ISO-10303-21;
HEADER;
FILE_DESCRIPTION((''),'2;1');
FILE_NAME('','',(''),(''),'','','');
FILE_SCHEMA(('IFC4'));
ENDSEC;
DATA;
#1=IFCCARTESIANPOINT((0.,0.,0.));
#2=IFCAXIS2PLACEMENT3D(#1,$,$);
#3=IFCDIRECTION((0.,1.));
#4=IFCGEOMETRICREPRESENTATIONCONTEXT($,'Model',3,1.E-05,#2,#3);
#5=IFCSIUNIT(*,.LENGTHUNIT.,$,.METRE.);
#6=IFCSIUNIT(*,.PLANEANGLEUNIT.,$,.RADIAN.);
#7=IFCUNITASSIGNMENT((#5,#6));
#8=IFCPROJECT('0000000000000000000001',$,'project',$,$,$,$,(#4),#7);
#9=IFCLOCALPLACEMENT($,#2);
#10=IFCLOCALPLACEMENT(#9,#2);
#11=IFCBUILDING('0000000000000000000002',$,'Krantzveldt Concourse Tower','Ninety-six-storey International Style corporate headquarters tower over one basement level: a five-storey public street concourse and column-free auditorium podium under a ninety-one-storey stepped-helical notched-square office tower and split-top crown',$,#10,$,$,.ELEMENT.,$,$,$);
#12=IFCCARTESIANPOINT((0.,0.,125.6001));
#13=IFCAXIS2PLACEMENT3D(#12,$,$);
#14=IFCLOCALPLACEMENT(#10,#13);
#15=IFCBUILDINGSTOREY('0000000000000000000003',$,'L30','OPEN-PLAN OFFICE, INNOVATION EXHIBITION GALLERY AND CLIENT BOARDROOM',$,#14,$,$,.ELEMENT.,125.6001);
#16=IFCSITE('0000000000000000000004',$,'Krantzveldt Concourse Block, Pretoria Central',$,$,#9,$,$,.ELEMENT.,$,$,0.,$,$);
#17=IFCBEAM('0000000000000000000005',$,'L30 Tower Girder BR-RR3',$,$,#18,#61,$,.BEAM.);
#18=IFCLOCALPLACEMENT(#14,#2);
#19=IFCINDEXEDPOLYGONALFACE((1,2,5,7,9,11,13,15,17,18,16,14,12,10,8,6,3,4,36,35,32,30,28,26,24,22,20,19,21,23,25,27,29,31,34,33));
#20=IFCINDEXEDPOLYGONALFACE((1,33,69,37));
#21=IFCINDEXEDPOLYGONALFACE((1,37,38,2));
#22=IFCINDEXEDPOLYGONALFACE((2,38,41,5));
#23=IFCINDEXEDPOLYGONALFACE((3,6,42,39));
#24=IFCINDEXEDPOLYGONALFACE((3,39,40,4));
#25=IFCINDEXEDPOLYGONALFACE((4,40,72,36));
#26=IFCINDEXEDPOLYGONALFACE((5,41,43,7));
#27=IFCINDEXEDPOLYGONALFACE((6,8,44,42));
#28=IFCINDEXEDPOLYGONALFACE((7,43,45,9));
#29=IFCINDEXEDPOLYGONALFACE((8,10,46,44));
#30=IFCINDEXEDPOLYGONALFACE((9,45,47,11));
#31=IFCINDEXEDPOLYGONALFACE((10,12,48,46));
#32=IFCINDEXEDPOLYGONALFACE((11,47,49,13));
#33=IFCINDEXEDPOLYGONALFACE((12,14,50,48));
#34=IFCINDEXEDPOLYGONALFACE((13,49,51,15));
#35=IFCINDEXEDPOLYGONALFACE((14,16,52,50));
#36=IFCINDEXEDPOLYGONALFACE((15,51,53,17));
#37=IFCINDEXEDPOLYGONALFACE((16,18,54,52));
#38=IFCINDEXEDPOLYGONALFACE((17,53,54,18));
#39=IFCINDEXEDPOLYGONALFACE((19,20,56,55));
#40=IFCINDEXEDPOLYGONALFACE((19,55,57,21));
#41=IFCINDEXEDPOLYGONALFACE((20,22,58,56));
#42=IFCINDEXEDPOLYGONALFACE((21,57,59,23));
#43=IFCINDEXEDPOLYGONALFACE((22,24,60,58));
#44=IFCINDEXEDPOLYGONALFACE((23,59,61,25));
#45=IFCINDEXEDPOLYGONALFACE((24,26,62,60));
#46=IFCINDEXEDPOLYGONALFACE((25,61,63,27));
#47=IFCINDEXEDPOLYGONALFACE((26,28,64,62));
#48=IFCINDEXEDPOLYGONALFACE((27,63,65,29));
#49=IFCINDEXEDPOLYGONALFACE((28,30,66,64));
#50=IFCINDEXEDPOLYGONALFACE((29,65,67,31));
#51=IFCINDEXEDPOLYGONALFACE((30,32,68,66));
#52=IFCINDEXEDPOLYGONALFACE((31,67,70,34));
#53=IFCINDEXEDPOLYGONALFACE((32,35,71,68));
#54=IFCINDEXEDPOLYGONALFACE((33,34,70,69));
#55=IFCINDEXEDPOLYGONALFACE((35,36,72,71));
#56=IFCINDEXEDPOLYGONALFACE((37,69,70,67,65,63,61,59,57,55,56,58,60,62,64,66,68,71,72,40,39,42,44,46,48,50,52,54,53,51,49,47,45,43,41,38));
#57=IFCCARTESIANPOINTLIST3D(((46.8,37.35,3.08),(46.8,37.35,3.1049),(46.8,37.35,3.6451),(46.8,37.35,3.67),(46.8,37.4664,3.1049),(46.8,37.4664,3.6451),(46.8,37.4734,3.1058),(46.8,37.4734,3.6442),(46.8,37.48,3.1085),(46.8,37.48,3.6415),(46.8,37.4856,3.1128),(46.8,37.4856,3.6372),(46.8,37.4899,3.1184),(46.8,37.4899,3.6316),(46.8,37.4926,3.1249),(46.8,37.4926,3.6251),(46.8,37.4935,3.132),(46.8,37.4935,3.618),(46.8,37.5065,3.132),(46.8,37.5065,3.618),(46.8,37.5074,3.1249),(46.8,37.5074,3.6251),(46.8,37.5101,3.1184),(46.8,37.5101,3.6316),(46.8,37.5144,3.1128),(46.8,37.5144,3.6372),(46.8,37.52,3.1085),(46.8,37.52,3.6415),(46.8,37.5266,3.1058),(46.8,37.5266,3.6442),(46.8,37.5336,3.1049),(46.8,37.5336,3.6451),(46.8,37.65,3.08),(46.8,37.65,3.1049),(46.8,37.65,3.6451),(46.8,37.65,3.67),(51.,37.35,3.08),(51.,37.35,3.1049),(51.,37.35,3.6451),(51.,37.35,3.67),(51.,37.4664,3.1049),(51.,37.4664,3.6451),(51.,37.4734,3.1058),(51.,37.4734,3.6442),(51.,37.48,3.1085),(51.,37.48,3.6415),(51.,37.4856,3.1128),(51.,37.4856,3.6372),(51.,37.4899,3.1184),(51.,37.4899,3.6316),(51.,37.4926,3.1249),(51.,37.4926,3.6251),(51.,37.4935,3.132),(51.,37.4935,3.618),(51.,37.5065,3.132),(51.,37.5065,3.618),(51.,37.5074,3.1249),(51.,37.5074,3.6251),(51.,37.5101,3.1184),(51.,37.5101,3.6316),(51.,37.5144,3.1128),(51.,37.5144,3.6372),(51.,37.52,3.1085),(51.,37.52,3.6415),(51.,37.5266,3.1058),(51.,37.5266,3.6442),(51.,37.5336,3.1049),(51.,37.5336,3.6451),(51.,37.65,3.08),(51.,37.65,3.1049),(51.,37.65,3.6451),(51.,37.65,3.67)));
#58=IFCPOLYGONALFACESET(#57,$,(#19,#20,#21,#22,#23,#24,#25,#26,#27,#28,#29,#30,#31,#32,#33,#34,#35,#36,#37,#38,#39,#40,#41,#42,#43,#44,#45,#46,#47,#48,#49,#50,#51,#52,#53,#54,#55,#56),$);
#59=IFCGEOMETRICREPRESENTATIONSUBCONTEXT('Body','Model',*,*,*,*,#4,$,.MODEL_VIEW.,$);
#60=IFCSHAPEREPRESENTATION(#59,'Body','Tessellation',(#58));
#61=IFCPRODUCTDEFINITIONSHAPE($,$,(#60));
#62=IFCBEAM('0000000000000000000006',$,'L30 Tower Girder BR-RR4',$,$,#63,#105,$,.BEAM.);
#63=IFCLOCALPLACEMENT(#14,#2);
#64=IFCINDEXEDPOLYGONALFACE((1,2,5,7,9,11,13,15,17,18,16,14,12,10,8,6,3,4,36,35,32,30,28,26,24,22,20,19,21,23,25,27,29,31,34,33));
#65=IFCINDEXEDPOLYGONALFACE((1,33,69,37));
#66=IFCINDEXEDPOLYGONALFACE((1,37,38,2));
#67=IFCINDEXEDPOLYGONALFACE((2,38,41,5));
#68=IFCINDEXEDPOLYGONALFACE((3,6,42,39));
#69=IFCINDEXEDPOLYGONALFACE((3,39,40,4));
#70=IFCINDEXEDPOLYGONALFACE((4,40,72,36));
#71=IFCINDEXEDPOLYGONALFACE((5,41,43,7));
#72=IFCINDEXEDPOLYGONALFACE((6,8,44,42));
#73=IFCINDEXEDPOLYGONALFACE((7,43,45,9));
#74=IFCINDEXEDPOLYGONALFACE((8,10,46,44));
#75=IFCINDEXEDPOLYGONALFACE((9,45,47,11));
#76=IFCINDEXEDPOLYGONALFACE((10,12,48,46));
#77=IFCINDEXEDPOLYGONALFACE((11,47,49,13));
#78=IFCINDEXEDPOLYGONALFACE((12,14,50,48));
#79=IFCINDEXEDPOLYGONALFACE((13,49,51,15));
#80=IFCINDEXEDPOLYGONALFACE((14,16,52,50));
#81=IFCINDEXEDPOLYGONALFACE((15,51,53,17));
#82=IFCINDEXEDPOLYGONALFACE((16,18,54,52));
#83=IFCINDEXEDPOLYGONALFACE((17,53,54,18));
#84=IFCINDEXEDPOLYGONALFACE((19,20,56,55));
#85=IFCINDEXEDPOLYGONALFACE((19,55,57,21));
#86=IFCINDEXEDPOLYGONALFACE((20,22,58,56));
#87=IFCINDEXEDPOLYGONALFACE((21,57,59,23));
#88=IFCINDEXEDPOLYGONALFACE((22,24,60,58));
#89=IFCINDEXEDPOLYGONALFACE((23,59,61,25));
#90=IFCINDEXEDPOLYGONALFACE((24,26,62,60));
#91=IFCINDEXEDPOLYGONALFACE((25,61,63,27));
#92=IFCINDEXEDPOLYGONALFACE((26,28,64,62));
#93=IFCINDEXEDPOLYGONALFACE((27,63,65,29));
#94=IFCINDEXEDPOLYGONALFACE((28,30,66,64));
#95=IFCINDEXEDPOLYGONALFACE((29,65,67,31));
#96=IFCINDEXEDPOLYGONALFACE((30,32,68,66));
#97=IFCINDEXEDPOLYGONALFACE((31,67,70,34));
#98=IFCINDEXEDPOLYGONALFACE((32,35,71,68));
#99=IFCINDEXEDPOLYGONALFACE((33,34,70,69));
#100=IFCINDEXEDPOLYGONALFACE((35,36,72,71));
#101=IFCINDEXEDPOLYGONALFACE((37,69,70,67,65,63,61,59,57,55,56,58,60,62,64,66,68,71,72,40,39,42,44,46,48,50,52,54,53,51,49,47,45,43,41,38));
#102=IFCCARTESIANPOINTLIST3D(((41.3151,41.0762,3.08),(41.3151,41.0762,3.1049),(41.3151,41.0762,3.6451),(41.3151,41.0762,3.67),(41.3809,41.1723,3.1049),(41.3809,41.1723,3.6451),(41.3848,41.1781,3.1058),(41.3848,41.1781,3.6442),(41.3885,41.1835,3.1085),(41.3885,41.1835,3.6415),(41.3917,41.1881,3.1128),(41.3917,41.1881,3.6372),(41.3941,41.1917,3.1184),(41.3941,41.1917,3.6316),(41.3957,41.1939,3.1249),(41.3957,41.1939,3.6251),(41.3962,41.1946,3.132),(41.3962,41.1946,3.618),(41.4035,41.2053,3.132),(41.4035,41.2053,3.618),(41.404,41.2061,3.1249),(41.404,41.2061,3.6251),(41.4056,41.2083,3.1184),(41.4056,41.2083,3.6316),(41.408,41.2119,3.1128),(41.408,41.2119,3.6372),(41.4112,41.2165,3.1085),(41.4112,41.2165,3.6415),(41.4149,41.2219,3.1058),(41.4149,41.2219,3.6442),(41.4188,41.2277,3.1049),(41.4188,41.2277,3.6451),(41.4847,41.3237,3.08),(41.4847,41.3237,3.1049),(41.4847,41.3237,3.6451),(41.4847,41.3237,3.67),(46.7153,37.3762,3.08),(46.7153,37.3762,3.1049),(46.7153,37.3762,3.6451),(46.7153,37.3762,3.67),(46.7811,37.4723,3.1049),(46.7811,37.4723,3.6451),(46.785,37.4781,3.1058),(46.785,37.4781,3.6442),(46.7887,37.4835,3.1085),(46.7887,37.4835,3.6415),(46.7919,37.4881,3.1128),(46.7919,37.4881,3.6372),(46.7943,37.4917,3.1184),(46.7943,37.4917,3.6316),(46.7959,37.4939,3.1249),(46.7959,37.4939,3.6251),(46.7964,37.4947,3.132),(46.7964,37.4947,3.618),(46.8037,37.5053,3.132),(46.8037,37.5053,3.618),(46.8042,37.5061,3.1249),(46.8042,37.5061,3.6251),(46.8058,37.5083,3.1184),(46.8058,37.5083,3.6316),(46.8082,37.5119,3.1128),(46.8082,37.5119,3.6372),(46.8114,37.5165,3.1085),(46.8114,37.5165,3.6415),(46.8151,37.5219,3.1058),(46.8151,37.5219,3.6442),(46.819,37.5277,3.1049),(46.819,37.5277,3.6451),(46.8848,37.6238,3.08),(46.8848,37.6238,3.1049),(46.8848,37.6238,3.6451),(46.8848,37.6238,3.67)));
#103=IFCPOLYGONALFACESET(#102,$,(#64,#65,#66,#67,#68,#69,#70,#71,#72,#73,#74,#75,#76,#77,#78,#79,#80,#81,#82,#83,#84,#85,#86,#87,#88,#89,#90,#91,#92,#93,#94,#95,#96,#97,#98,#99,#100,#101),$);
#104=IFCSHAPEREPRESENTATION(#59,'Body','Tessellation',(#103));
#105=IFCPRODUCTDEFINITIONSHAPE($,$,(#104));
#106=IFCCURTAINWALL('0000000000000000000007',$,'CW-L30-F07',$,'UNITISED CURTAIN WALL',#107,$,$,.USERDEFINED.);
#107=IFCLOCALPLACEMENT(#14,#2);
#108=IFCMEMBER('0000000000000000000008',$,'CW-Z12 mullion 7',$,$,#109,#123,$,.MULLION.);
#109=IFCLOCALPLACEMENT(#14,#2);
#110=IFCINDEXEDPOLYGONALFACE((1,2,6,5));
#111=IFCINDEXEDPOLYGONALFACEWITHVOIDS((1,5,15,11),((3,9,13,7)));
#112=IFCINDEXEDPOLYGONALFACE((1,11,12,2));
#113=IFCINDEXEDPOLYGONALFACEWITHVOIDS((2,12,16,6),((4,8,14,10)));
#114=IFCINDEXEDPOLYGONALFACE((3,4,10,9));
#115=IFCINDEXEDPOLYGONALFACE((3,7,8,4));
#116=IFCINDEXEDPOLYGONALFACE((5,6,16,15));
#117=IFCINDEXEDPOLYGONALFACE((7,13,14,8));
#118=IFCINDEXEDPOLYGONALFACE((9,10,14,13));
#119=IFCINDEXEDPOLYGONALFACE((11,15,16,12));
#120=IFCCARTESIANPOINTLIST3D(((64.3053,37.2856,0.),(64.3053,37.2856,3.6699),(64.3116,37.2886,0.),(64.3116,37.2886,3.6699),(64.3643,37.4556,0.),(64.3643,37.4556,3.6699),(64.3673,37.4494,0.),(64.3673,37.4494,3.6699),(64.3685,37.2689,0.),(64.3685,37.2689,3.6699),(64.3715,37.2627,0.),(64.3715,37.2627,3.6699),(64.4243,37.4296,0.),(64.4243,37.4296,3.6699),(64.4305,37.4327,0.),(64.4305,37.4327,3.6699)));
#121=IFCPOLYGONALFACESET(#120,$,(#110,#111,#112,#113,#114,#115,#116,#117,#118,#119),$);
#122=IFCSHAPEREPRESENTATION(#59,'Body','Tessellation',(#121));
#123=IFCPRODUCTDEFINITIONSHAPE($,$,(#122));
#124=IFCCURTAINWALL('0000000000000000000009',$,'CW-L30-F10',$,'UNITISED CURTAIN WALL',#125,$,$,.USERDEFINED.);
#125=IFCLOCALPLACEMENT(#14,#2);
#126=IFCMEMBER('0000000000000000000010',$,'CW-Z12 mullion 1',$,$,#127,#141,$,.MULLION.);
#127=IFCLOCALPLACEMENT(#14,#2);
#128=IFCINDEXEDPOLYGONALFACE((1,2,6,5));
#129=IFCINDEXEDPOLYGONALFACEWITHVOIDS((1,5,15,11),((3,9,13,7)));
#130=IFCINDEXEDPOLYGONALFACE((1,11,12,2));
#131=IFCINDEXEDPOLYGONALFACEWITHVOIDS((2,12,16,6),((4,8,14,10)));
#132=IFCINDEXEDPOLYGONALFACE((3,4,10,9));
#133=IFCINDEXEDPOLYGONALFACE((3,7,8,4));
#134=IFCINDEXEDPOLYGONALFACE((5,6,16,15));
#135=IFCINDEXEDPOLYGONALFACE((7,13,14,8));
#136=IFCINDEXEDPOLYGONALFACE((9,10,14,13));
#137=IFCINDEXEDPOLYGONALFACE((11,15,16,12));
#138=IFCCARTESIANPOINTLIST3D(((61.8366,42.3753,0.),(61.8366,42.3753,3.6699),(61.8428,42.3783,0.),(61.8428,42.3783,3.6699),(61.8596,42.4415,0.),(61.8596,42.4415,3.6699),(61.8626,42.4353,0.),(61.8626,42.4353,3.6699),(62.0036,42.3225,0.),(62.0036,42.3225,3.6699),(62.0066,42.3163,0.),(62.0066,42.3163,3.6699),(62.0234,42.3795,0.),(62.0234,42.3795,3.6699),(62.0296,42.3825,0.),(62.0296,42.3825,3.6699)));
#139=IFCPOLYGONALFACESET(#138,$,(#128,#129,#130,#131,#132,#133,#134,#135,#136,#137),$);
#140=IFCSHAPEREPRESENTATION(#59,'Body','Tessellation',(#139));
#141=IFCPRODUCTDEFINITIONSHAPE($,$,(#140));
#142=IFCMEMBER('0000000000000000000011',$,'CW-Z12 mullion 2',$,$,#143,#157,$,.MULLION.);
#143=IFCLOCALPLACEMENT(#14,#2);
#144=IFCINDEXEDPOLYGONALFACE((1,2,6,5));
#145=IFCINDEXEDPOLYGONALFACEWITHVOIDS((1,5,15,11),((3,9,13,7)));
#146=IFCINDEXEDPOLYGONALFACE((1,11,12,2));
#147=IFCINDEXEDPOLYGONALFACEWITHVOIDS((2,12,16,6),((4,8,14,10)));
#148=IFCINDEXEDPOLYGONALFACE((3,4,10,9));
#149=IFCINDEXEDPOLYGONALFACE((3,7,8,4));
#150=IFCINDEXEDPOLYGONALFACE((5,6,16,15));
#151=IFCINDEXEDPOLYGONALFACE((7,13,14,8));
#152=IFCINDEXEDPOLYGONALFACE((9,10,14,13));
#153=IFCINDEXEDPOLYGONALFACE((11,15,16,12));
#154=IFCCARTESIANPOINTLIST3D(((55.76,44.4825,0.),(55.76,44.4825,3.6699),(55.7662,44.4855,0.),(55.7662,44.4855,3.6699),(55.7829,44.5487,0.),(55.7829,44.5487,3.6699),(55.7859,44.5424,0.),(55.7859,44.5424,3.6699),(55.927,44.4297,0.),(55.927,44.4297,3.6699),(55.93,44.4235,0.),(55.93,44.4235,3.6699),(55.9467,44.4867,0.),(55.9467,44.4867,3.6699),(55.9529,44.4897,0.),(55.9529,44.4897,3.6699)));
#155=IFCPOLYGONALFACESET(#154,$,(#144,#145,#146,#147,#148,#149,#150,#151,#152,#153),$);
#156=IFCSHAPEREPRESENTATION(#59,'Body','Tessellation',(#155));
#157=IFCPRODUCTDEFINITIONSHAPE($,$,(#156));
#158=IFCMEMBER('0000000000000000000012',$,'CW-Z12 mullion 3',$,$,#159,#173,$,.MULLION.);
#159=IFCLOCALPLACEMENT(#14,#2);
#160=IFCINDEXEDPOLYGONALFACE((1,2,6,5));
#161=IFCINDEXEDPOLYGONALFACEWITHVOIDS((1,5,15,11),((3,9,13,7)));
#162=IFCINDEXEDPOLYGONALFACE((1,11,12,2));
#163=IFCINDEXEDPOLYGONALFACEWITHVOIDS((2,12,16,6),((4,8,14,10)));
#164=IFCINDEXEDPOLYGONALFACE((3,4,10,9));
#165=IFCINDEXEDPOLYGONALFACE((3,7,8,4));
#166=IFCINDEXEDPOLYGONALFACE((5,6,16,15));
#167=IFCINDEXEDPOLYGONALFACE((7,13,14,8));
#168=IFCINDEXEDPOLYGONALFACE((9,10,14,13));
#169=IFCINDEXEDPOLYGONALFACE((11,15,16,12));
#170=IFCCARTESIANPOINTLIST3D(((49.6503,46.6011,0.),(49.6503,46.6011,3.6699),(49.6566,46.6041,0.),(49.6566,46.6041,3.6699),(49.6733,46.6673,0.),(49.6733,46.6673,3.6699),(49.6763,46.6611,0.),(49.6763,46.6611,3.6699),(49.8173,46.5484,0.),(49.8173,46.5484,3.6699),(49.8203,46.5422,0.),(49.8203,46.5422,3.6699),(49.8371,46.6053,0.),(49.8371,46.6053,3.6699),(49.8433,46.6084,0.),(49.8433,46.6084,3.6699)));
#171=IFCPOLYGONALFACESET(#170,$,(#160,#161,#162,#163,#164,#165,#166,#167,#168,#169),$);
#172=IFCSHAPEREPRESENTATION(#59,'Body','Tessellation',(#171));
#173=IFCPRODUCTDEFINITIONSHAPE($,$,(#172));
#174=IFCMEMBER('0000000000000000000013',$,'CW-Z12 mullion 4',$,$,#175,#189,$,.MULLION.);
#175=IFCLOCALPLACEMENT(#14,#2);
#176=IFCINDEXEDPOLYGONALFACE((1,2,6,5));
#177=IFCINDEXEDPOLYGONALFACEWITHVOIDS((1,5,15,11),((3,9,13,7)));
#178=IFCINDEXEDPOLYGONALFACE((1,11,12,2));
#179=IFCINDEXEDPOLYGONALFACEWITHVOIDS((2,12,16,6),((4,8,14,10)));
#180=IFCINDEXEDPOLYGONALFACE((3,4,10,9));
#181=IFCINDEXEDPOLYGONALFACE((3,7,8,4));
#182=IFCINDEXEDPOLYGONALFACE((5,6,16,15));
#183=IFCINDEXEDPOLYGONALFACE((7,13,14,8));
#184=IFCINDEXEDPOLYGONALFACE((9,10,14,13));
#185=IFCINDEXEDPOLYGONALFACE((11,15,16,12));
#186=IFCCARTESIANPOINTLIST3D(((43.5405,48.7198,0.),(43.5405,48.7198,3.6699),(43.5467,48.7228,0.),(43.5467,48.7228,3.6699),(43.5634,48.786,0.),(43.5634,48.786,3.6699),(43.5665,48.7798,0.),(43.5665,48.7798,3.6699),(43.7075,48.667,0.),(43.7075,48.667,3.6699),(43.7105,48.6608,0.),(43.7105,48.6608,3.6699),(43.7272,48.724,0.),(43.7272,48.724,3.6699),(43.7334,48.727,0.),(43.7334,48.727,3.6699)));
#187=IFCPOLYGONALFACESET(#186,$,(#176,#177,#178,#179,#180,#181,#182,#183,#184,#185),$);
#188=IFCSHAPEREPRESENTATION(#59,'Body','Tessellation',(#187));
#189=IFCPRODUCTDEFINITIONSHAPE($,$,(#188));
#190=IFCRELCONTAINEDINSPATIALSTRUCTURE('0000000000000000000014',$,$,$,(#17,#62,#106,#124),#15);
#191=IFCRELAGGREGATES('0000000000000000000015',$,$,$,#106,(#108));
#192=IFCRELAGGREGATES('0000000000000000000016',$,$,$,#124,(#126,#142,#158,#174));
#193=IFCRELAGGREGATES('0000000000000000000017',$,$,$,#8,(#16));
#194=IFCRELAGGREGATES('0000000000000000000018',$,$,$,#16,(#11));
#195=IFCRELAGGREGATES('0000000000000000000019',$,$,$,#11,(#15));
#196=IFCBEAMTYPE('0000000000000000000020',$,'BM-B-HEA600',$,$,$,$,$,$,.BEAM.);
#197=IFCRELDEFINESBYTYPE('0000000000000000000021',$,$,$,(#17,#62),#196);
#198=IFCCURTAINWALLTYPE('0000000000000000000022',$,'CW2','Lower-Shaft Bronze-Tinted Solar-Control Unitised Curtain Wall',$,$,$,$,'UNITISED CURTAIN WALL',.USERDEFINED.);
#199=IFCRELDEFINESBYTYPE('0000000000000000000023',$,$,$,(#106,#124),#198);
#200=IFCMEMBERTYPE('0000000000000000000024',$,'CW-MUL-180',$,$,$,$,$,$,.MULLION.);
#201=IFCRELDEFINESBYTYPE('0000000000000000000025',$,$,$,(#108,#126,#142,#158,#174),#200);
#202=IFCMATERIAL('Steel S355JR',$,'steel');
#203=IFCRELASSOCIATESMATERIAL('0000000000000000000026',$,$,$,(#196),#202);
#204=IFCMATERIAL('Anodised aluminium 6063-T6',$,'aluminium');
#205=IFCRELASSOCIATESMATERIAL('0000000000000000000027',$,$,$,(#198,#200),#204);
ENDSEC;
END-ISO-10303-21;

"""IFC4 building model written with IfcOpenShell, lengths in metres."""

from ifc_helpers import new_model, si_unit, direction, frame, origin, origin_2d, place, context, subcontext, project, spatial, hollow_rectangle, i_section, extrude, source, transform, mapped, material, material_profile, profile_set, type_object, type_shapes, element, aggregate, save


model = new_model("IFC4")

# Units and contexts
model_context = context("Model", 3, precision=1e-05, world=origin(), true_north=direction((0.0, 1.0)))
body_context = subcontext(model_context, "Body", "Model", "MODEL_VIEW")
ifc_project = project(units=[si_unit("LENGTHUNIT", "METRE"), si_unit("PLANEANGLEUNIT", "RADIAN")], contexts=[model_context])

# Site, building, storey
site_placement = place(None, origin())
site = spatial("IfcSite", under=ifc_project, at=site_placement, Name="Krantzveldt Concourse Block, Pretoria Central", CompositionType="ELEMENT", RefElevation=0.0)
building_placement = place(site_placement, origin())
building = spatial("IfcBuilding", under=site, at=building_placement, Name="Krantzveldt Concourse Tower", Description="Ninety-six-storey International Style corporate headquarters tower over one basement level: a five-storey public street concourse and column-free auditorium podium under a ninety-one-storey stepped-helical notched-square office tower and split-top crown", CompositionType="ELEMENT")
storey_placement = place(building_placement, frame((0.0, 0.0, 125.6001)))
storey = spatial("IfcBuildingStorey", under=building, at=storey_placement, Name="L30", Description="OPEN-PLAN OFFICE, INNOVATION EXHIBITION GALLERY AND CLIENT BOARDROOM", CompositionType="ELEMENT", Elevation=125.6001)

# Beams
ifc_material_1 = material(Name="Steel S355JR", Category="steel")
ifc_material_profile_1 = material_profile(ifc_material_1, i_section(OverallWidth=0.3, OverallDepth=0.5901, WebThickness=0.0129, FlangeThickness=0.0249, FilletRadius=0.0271, at=origin_2d()), Name="Steel S355JR", Category="steel")
ifc_profile_set_1 = profile_set([ifc_material_profile_1], Name="Steel S355JR - HEA 600")
beam_type_1 = type_object("IfcBeamType", Name="BM-B-HEA600", PredefinedType="BEAM", material=ifc_profile_set_1)
shared_shape_1 = source(origin(), body_context, "Body", "SweptSolid", [
    extrude(i_section(OverallWidth=0.3, OverallDepth=0.5901, WebThickness=0.0129, FlangeThickness=0.0249, FilletRadius=0.0271, at=origin_2d()), origin(), (0.0, 0.0, 1.0), 4.2),
])
beam_1_placement = place(storey_placement, frame((46.8, 37.5, 3.375), z_axis=(1.0, 0.0, 0.0), x_axis=(0.0, 1.0, 0.0)))
element("IfcBeam", 1, at=beam_1_placement, inside=storey, type_object=beam_type_1, Name="L30 Tower Girder BR-RR3", PredefinedType="BEAM", context=body_context, shape_type="MappedRepresentation", body=[
    mapped(shared_shape_1, transform((0.0, 0.0, 0.0), x_axis=(1.0, 0.0, 0.0), y_axis=(0.0, 1.0, 0.0), z_axis=(0.0, 0.0, 1.0), scale=1.0)),
])
shared_shape_2 = source(origin(), body_context, "Body", "SweptSolid", [
    extrude(i_section(OverallWidth=0.3, OverallDepth=0.5901, WebThickness=0.0129, FlangeThickness=0.0249, FilletRadius=0.0271, at=origin_2d()), origin(), (0.0, 0.0, 1.0), 6.5461),
])
type_shapes(beam_type_1, [shared_shape_1, shared_shape_2])
beam_2_placement = place(storey_placement, frame((46.8, 37.5, 3.375), z_axis=(-0.824943, 0.565216, 0.0), x_axis=(-0.565216, -0.824943, 0.0)))
element("IfcBeam", 2, at=beam_2_placement, inside=storey, type_object=beam_type_1, Name="L30 Tower Girder BR-RR4", PredefinedType="BEAM", context=body_context, shape_type="MappedRepresentation", body=[
    mapped(shared_shape_2, transform((0.0, 0.0, 0.0), x_axis=(1.0, 0.0, 0.0), y_axis=(0.0, 1.0, 0.0), z_axis=(0.0, 0.0, 1.0), scale=1.0)),
])

# Curtain wall, member
ifc_material_2 = material(Name="Anodised aluminium 6063-T6", Category="aluminium")
curtain_wall_type = type_object("IfcCurtainWallType", Name="CW2", Description="Lower-Shaft Bronze-Tinted Solar-Control Unitised Curtain Wall", ElementType="UNITISED CURTAIN WALL", PredefinedType="USERDEFINED", material=ifc_material_2)
curtain_wall_1_placement = place(storey_placement, origin())
curtain_wall_1 = element("IfcCurtainWall", 3, at=curtain_wall_1_placement, inside=storey, type_object=curtain_wall_type, Name="CW-L30-F07", ObjectType="UNITISED CURTAIN WALL", PredefinedType="USERDEFINED")
ifc_material_profile_2 = material_profile(ifc_material_2, hollow_rectangle(XDim=0.0701, YDim=0.1799, WallThickness=0.0049, at=origin_2d()), Name="Anodised aluminium 6063-T6", Category="aluminium")
ifc_profile_set_2 = profile_set([ifc_material_profile_2], Name="Anodised aluminium 6063-T6 - ALU-MULL 180x70x5")
member_type_1 = type_object("IfcMemberType", Name="CW-MUL-180", PredefinedType="MULLION", material=ifc_profile_set_2)
shared_shape_3 = source(origin(), body_context, "Body", "SweptSolid", [
    extrude(hollow_rectangle(XDim=0.0701, YDim=0.1799, WallThickness=0.0049, at=origin_2d()), origin(), (0.0, 0.0, 1.0), 3.6699),
])
type_shapes(member_type_1, [shared_shape_3])
member_1_placement = place(storey_placement, frame((64.3679, 37.3591, 0.0), z_axis=(0.0, 0.0, 1.0), x_axis=(-0.944806, 0.32763, 0.0)))
member_1 = element("IfcMember", 4, at=member_1_placement, type_object=member_type_1, Name="CW-Z12 mullion 7", PredefinedType="MULLION", context=body_context, shape_type="MappedRepresentation", body=[
    mapped(shared_shape_3, transform((0.0, 0.0, 0.0), x_axis=(1.0, 0.0, 0.0), y_axis=(0.0, 1.0, 0.0), z_axis=(0.0, 0.0, 1.0), scale=1.0)),
])
aggregate(curtain_wall_1, [member_1])

# Curtain wall, members
curtain_wall_2_placement = place(storey_placement, origin())
curtain_wall_2 = element("IfcCurtainWall", 5, at=curtain_wall_2_placement, inside=storey, type_object=curtain_wall_type, Name="CW-L30-F10", ObjectType="UNITISED CURTAIN WALL", PredefinedType="USERDEFINED")
member_2_placement = place(storey_placement, frame((61.9331, 42.3789, 0.0), z_axis=(0.0, 0.0, 1.0), x_axis=(-0.32763, -0.944806, 0.0)))
member_2 = element("IfcMember", 6, at=member_2_placement, type_object=member_type_1, Name="CW-Z12 mullion 1", PredefinedType="MULLION", context=body_context, shape_type="MappedRepresentation", body=[
    mapped(shared_shape_3, transform((0.0, 0.0, 0.0), x_axis=(1.0, 0.0, 0.0), y_axis=(0.0, 1.0, 0.0), z_axis=(0.0, 0.0, 1.0), scale=1.0)),
])
member_3_placement = place(storey_placement, frame((55.8564, 44.4861, 0.0), z_axis=(0.0, 0.0, 1.0), x_axis=(-0.32763, -0.944806, 0.0)))
member_3 = element("IfcMember", 7, at=member_3_placement, type_object=member_type_1, Name="CW-Z12 mullion 2", PredefinedType="MULLION", context=body_context, shape_type="MappedRepresentation", body=[
    mapped(shared_shape_3, transform((0.0, 0.0, 0.0), x_axis=(1.0, 0.0, 0.0), y_axis=(0.0, 1.0, 0.0), z_axis=(0.0, 0.0, 1.0), scale=1.0)),
])
member_4_placement = place(storey_placement, frame((49.7468, 46.6047, 0.0), z_axis=(0.0, 0.0, 1.0), x_axis=(-0.32763, -0.944806, 0.0)))
member_4 = element("IfcMember", 8, at=member_4_placement, type_object=member_type_1, Name="CW-Z12 mullion 3", PredefinedType="MULLION", context=body_context, shape_type="MappedRepresentation", body=[
    mapped(shared_shape_3, transform((0.0, 0.0, 0.0), x_axis=(1.0, 0.0, 0.0), y_axis=(0.0, 1.0, 0.0), z_axis=(0.0, 0.0, 1.0), scale=1.0)),
])
member_5_placement = place(storey_placement, frame((43.637, 48.7234, 0.0), z_axis=(0.0, 0.0, 1.0), x_axis=(-0.32763, -0.944806, 0.0)))
member_5 = element("IfcMember", 9, at=member_5_placement, type_object=member_type_1, Name="CW-Z12 mullion 4", PredefinedType="MULLION", context=body_context, shape_type="MappedRepresentation", body=[
    mapped(shared_shape_3, transform((0.0, 0.0, 0.0), x_axis=(1.0, 0.0, 0.0), y_axis=(0.0, 1.0, 0.0), z_axis=(0.0, 0.0, 1.0), scale=1.0)),
])
aggregate(curtain_wall_2, [member_2, member_3, member_4, member_5])

save(model, "model.ifc")
